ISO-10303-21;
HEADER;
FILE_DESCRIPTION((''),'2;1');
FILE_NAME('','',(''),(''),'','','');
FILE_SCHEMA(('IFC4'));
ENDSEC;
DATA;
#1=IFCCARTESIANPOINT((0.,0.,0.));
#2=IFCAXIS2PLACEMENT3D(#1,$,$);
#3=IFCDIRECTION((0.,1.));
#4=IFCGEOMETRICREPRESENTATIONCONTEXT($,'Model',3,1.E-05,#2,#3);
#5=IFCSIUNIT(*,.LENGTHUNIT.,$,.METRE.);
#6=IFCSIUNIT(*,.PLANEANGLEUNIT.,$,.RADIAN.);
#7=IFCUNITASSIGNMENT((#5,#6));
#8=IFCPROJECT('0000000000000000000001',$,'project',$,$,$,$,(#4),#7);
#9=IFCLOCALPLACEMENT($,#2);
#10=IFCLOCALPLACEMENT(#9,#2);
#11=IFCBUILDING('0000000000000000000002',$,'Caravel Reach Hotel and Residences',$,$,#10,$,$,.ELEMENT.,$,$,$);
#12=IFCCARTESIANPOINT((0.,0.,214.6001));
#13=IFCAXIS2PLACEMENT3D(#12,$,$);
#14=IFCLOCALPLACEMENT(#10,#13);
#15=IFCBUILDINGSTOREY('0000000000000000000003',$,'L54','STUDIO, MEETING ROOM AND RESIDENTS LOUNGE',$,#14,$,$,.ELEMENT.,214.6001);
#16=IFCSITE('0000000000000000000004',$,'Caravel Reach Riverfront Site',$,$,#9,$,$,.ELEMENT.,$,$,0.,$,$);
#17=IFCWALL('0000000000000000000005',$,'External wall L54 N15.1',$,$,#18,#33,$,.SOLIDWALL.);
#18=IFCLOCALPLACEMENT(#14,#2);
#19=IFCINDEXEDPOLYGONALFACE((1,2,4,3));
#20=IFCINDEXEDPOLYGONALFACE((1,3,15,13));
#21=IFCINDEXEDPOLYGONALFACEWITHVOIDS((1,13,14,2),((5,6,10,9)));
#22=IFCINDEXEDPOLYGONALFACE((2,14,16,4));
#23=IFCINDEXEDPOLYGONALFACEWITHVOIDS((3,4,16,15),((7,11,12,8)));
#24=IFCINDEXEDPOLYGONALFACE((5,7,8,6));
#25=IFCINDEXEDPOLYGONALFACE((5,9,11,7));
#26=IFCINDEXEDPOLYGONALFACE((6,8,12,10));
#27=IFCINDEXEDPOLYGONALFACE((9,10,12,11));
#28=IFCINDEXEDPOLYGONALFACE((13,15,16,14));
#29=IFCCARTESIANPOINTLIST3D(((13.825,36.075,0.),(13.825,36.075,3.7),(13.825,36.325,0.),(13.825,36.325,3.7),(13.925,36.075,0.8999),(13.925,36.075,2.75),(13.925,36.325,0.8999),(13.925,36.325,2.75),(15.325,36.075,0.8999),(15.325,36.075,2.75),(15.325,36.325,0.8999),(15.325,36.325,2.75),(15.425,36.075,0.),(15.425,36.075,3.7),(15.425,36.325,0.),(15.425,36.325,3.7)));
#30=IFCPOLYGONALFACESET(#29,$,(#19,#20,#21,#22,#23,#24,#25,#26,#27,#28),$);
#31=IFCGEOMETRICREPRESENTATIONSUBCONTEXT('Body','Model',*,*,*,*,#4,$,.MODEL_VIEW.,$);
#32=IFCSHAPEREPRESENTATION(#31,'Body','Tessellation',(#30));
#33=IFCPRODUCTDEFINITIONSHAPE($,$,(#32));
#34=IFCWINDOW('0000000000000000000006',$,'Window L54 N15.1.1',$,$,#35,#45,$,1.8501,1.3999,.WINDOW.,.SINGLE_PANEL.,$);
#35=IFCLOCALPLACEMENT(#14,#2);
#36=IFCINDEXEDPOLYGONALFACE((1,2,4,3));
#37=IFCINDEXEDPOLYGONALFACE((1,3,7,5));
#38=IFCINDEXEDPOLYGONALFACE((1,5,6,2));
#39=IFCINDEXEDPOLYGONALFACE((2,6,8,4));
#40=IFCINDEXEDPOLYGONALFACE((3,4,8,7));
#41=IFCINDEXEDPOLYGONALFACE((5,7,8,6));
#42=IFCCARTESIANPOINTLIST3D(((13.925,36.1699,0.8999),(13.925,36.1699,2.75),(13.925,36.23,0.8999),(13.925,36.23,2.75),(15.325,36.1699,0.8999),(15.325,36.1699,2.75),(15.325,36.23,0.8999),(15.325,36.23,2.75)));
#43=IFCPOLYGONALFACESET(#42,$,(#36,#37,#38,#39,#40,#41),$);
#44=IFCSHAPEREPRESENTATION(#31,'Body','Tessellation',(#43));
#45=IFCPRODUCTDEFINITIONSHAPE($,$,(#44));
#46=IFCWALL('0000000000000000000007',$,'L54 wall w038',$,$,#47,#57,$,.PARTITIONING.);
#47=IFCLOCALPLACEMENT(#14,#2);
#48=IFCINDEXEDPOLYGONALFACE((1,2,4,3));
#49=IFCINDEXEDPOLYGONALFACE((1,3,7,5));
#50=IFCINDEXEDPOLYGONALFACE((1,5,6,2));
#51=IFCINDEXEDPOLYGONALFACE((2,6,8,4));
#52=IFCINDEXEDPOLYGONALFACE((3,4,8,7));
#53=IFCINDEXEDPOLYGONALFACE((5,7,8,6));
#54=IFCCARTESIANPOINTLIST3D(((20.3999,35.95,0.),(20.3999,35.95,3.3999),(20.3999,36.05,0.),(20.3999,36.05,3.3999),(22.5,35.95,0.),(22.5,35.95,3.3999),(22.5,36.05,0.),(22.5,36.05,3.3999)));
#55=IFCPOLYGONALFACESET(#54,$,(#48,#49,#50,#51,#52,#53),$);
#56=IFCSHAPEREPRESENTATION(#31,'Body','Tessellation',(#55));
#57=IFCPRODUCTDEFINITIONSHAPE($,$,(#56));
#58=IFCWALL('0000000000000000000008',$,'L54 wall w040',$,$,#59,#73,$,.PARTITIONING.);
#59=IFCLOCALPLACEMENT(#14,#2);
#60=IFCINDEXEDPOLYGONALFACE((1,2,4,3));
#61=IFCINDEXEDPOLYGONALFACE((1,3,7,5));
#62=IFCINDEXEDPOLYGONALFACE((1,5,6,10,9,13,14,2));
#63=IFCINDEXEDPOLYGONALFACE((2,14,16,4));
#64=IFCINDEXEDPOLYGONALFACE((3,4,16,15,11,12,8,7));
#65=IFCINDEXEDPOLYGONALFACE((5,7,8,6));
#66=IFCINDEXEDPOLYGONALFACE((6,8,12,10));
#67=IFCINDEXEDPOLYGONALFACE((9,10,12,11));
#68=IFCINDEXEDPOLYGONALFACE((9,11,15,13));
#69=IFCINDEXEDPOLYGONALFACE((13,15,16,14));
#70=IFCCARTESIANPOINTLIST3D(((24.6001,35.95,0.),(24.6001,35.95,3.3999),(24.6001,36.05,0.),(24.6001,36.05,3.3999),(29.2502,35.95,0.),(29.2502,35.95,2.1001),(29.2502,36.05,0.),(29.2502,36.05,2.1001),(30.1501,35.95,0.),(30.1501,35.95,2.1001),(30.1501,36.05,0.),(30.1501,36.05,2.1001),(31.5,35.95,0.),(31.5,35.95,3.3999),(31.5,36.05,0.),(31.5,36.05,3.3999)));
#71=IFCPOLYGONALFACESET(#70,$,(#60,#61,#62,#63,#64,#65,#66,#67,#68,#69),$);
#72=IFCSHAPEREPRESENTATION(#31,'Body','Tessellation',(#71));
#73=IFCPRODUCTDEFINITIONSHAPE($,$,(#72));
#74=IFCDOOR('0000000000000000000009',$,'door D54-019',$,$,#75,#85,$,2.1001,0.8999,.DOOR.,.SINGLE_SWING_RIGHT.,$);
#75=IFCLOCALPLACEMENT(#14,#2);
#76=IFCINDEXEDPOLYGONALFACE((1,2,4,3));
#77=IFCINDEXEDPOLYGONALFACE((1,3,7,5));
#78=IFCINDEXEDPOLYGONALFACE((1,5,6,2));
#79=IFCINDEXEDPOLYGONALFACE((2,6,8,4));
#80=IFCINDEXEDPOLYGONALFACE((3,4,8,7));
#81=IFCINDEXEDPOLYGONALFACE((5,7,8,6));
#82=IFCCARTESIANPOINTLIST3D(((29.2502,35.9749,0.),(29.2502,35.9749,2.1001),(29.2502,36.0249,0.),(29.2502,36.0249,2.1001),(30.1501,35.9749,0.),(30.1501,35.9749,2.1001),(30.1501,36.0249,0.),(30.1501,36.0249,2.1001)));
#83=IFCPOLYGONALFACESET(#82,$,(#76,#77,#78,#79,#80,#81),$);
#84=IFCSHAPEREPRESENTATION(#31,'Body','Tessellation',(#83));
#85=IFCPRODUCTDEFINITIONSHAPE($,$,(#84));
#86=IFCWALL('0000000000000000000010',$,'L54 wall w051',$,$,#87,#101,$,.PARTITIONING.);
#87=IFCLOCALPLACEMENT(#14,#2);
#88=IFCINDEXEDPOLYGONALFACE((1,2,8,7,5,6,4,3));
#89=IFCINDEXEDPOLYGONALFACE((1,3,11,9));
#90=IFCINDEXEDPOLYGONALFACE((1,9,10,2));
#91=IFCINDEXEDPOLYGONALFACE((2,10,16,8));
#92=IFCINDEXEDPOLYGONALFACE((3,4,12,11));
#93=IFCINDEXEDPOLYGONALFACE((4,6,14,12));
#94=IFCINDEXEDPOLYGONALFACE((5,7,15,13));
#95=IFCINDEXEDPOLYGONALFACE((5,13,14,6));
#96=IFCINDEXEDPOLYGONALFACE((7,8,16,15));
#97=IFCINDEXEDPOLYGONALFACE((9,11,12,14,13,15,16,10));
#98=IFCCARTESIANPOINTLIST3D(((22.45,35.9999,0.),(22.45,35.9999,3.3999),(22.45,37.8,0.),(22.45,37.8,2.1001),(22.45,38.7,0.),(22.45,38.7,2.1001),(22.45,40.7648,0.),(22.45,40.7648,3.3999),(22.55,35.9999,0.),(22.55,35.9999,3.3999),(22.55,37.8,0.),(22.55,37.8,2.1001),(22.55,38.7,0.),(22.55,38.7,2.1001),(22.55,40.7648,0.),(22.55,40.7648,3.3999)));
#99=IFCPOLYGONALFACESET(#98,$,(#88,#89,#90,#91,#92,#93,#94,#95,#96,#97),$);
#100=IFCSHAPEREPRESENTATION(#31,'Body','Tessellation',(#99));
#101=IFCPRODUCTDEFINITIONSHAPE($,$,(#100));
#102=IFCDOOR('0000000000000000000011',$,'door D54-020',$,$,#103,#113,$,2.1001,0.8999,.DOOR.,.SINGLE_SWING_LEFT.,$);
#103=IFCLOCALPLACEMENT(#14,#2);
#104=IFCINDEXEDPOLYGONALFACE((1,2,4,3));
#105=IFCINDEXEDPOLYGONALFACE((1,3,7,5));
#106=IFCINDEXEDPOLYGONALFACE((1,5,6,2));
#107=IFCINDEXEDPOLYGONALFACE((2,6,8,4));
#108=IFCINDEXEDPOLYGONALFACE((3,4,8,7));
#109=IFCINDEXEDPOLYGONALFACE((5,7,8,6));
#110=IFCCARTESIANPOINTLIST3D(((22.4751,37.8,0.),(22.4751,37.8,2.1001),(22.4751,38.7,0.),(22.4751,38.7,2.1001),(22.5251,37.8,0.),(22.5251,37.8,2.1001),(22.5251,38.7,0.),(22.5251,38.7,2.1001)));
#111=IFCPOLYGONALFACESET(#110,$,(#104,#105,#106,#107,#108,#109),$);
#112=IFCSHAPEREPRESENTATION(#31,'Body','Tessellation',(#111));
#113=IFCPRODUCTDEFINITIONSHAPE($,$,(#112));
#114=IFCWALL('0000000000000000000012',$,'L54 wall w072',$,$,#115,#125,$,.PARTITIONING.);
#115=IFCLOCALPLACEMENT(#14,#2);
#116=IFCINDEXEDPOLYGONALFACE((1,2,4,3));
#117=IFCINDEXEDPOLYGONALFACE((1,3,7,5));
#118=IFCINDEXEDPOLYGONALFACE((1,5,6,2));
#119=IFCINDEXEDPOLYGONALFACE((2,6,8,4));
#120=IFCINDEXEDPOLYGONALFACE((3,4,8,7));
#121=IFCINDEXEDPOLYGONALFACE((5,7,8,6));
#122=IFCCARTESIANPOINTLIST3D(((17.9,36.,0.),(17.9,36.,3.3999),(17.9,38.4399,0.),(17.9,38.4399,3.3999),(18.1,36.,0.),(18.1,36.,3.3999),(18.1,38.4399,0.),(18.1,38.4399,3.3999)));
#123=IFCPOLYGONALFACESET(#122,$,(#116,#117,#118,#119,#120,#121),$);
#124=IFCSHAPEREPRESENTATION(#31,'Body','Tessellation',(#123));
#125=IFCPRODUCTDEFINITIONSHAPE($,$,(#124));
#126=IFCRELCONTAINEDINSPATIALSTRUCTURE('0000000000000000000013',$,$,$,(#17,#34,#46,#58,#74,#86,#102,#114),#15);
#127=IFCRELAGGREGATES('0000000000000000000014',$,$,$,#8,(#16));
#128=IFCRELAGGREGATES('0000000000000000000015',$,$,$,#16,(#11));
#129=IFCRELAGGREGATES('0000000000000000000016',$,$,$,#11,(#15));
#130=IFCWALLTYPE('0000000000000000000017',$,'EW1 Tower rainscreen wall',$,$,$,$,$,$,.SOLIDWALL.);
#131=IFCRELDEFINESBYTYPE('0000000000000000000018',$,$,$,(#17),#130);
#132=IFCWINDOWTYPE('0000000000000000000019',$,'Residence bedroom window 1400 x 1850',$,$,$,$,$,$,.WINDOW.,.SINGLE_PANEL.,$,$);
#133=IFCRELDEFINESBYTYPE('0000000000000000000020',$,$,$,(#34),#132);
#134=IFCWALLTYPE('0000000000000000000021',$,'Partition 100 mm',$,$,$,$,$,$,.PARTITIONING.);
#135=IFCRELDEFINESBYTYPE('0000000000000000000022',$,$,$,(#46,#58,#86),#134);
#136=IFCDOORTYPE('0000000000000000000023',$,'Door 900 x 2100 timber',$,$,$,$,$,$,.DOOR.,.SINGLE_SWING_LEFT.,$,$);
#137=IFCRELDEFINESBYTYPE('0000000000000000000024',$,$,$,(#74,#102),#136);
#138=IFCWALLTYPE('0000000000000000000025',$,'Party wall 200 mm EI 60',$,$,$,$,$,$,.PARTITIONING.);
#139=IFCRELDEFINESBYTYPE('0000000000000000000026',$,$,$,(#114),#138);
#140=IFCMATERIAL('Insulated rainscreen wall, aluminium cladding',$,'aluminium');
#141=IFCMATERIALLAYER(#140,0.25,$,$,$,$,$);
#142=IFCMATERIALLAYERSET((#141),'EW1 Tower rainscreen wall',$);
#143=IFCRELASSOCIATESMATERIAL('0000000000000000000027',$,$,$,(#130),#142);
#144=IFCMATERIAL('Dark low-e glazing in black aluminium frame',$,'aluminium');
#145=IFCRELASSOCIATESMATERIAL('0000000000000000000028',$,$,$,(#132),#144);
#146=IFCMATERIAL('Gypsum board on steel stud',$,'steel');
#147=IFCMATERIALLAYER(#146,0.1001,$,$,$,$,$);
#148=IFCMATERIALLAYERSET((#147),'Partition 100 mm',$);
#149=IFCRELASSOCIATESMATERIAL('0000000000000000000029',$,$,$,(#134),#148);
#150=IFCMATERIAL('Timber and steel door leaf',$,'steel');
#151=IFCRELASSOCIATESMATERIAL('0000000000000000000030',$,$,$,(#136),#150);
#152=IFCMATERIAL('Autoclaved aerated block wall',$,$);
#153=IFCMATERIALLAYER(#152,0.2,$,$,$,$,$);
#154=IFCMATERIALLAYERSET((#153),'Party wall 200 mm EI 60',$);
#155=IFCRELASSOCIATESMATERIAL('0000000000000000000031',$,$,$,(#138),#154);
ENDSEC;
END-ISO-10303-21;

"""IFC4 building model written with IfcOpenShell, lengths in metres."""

from ifc_helpers import new_model, si_unit, direction, frame, frame_2d, origin, place, context, subcontext, project, spatial, rectangle, extrude, material, layer, layer_set, type_object, element, fill, save


model = new_model("IFC4")

# Units and contexts
model_context = context("Model", 3, precision=1e-05, world=origin(), true_north=direction((0.0, 1.0)))
body_context = subcontext(model_context, "Body", "Model", "MODEL_VIEW")
ifc_project = project(units=[si_unit("LENGTHUNIT", "METRE"), si_unit("PLANEANGLEUNIT", "RADIAN")], contexts=[model_context])

# Site, building, storey
site_placement = place(None, origin())
site = spatial("IfcSite", under=ifc_project, at=site_placement, Name="Caravel Reach Riverfront Site", CompositionType="ELEMENT", RefElevation=0.0)
building_placement = place(site_placement, origin())
building = spatial("IfcBuilding", under=site, at=building_placement, Name="Caravel Reach Hotel and Residences", CompositionType="ELEMENT")
storey_placement = place(building_placement, frame((0.0, 0.0, 214.6001)))
storey = spatial("IfcBuildingStorey", under=building, at=storey_placement, Name="L54", Description="STUDIO, MEETING ROOM AND RESIDENTS LOUNGE", CompositionType="ELEMENT", Elevation=214.6001)

# Wall, opening, window
ifc_material_1 = material(Name="Insulated rainscreen wall, aluminium cladding", Category="aluminium")
ifc_layer_1 = layer(ifc_material_1, 0.25)
ifc_layer_set_1 = layer_set([ifc_layer_1], Name="EW1 Tower rainscreen wall")
wall_type_1 = type_object("IfcWallType", Name="EW1 Tower rainscreen wall", PredefinedType="SOLIDWALL", material=ifc_layer_set_1)
ifc_material_2 = material(Name="Dark low-e glazing in black aluminium frame", Category="aluminium")
window_type = type_object("IfcWindowType", Name="Residence bedroom window 1400 x 1850", PartitioningType="SINGLE_PANEL", PredefinedType="WINDOW", material=ifc_material_2)
wall_1_placement = place(storey_placement, frame((15.425, 36.2, 0.0), z_axis=(0.0, 0.0, 1.0), x_axis=(-1.0, 0.0, 0.0)))
wall_1 = element("IfcWall", 1, at=wall_1_placement, inside=storey, type_object=wall_type_1, Name="External wall L54 N15.1", PredefinedType="SOLIDWALL", context=body_context, shape_type="SweptSolid", body=[
    extrude(rectangle(XDim=1.6001, YDim=0.25, at=frame_2d((0.8, 0.0))), origin(), (0.0, 0.0, 1.0), 3.7),
])
opening_1_placement = place(wall_1_placement, frame((0.1001, 0.0, 0.8999)))
opening_1 = element("IfcOpeningElement", 2, at=opening_1_placement, cuts=wall_1, PredefinedType="OPENING", context=body_context, shape_type="SweptSolid", body=[
    extrude(rectangle(XDim=1.3999, YDim=1.8501, at=frame_2d((0.7, 0.925))), frame((0.0, 0.135, 0.0), z_axis=(0.0, -1.0, 0.0), x_axis=(1.0, 0.0, 0.0)), (0.0, 0.0, 1.0), 0.27),
])
window_1_placement = place(opening_1_placement, origin())
window_1 = element("IfcWindow", 3, at=window_1_placement, inside=storey, type_object=window_type, Name="Window L54 N15.1.1", OverallHeight=1.8501, OverallWidth=1.3999, PartitioningType="SINGLE_PANEL", PredefinedType="WINDOW", context=body_context, shape_type="SweptSolid", body=[
    extrude(rectangle(XDim=1.3999, YDim=1.8501, at=frame_2d((0.7, 0.925))), frame((0.0, 0.03, 0.0), z_axis=(0.0, -1.0, 0.0), x_axis=(1.0, 0.0, 0.0)), (0.0, 0.0, 1.0), 0.0601),
])
fill(opening_1, window_1)

# Wall
ifc_material_3 = material(Name="Gypsum board on steel stud", Category="steel")
ifc_layer_2 = layer(ifc_material_3, 0.1001)
ifc_layer_set_2 = layer_set([ifc_layer_2], Name="Partition 100 mm")
wall_type_2 = type_object("IfcWallType", Name="Partition 100 mm", PredefinedType="PARTITIONING", material=ifc_layer_set_2)
wall_2_placement = place(storey_placement, frame((20.3999, 36.0, 0.0), z_axis=(0.0, 0.0, 1.0), x_axis=(1.0, 0.0, 0.0)))
element("IfcWall", 4, at=wall_2_placement, inside=storey, type_object=wall_type_2, Name="L54 wall w038", PredefinedType="PARTITIONING", context=body_context, shape_type="SweptSolid", body=[
    extrude(rectangle(XDim=2.1001, YDim=0.1001, at=frame_2d((1.05, 0.0))), origin(), (0.0, 0.0, 1.0), 3.3999),
])

# Walls, openings, doors
wall_3_placement = place(storey_placement, frame((24.6001, 36.0, 0.0), z_axis=(0.0, 0.0, 1.0), x_axis=(1.0, 0.0, 0.0)))
wall_3 = element("IfcWall", 5, at=wall_3_placement, inside=storey, type_object=wall_type_2, Name="L54 wall w040", PredefinedType="PARTITIONING", context=body_context, shape_type="SweptSolid", body=[
    extrude(rectangle(XDim=6.8999, YDim=0.1001, at=frame_2d((3.45, 0.0))), origin(), (0.0, 0.0, 1.0), 3.3999),
])
opening_2_placement = place(wall_3_placement, frame((4.6501, 0.0, 0.0)))
opening_2 = element("IfcOpeningElement", 6, at=opening_2_placement, cuts=wall_3, PredefinedType="OPENING", context=body_context, shape_type="SweptSolid", body=[
    extrude(rectangle(XDim=0.8999, YDim=2.1001, at=frame_2d((0.45, 1.05))), frame((0.0, 0.0601, 0.0), z_axis=(0.0, -1.0, 0.0), x_axis=(1.0, 0.0, 0.0)), (0.0, 0.0, 1.0), 0.1201),
])
ifc_material_4 = material(Name="Timber and steel door leaf", Category="steel")
door_type = type_object("IfcDoorType", Name="Door 900 x 2100 timber", OperationType="SINGLE_SWING_LEFT", PredefinedType="DOOR", material=ifc_material_4)
door_1_placement = place(opening_2_placement, origin())
door_1 = element("IfcDoor", 7, at=door_1_placement, inside=storey, type_object=door_type, Name="door D54-019", OperationType="SINGLE_SWING_RIGHT", OverallHeight=2.1001, OverallWidth=0.8999, PredefinedType="DOOR", context=body_context, shape_type="SweptSolid", body=[
    extrude(rectangle(XDim=0.8999, YDim=2.1001, at=frame_2d((0.45, 1.05))), frame((0.0, 0.0249, 0.0), z_axis=(0.0, -1.0, 0.0), x_axis=(1.0, 0.0, 0.0)), (0.0, 0.0, 1.0), 0.05),
])
fill(opening_2, door_1)
wall_4_placement = place(storey_placement, frame((22.5, 36.0, 0.0), z_axis=(0.0, 0.0, 1.0), x_axis=(0.0, 1.0, 0.0)))
wall_4 = element("IfcWall", 8, at=wall_4_placement, inside=storey, type_object=wall_type_2, Name="L54 wall w051", PredefinedType="PARTITIONING", context=body_context, shape_type="SweptSolid", body=[
    extrude(rectangle(XDim=4.7649, YDim=0.1001, at=frame_2d((2.3823, 0.0))), origin(), (0.0, 0.0, 1.0), 3.3999),
])
opening_3_placement = place(wall_4_placement, frame((1.8, 0.0, 0.0)))
opening_3 = element("IfcOpeningElement", 9, at=opening_3_placement, cuts=wall_4, PredefinedType="OPENING", context=body_context, shape_type="SweptSolid", body=[
    extrude(rectangle(XDim=0.8999, YDim=2.1001, at=frame_2d((0.45, 1.05))), frame((0.0, 0.0601, 0.0), z_axis=(0.0, -1.0, 0.0), x_axis=(1.0, 0.0, 0.0)), (0.0, 0.0, 1.0), 0.1201),
])
door_2_placement = place(opening_3_placement, origin())
door_2 = element("IfcDoor", 10, at=door_2_placement, inside=storey, type_object=door_type, Name="door D54-020", OperationType="SINGLE_SWING_LEFT", OverallHeight=2.1001, OverallWidth=0.8999, PredefinedType="DOOR", context=body_context, shape_type="SweptSolid", body=[
    extrude(rectangle(XDim=0.8999, YDim=2.1001, at=frame_2d((0.45, 1.05))), frame((0.0, 0.0249, 0.0), z_axis=(0.0, -1.0, 0.0), x_axis=(1.0, 0.0, 0.0)), (0.0, 0.0, 1.0), 0.05),
])
fill(opening_3, door_2)

# Wall
ifc_material_5 = material(Name="Autoclaved aerated block wall")
ifc_layer_3 = layer(ifc_material_5, 0.2)
ifc_layer_set_3 = layer_set([ifc_layer_3], Name="Party wall 200 mm EI 60")
wall_type_3 = type_object("IfcWallType", Name="Party wall 200 mm EI 60", PredefinedType="PARTITIONING", material=ifc_layer_set_3)
wall_5_placement = place(storey_placement, frame((18.0, 36.0, 0.0), z_axis=(0.0, 0.0, 1.0), x_axis=(0.0, 1.0, 0.0)))
element("IfcWall", 11, at=wall_5_placement, inside=storey, type_object=wall_type_3, Name="L54 wall w072", PredefinedType="PARTITIONING", context=body_context, shape_type="SweptSolid", body=[
    extrude(rectangle(XDim=2.4399, YDim=0.2, at=frame_2d((1.22, 0.0))), origin(), (0.0, 0.0, 1.0), 3.3999),
])

save(model, "model.ifc")
